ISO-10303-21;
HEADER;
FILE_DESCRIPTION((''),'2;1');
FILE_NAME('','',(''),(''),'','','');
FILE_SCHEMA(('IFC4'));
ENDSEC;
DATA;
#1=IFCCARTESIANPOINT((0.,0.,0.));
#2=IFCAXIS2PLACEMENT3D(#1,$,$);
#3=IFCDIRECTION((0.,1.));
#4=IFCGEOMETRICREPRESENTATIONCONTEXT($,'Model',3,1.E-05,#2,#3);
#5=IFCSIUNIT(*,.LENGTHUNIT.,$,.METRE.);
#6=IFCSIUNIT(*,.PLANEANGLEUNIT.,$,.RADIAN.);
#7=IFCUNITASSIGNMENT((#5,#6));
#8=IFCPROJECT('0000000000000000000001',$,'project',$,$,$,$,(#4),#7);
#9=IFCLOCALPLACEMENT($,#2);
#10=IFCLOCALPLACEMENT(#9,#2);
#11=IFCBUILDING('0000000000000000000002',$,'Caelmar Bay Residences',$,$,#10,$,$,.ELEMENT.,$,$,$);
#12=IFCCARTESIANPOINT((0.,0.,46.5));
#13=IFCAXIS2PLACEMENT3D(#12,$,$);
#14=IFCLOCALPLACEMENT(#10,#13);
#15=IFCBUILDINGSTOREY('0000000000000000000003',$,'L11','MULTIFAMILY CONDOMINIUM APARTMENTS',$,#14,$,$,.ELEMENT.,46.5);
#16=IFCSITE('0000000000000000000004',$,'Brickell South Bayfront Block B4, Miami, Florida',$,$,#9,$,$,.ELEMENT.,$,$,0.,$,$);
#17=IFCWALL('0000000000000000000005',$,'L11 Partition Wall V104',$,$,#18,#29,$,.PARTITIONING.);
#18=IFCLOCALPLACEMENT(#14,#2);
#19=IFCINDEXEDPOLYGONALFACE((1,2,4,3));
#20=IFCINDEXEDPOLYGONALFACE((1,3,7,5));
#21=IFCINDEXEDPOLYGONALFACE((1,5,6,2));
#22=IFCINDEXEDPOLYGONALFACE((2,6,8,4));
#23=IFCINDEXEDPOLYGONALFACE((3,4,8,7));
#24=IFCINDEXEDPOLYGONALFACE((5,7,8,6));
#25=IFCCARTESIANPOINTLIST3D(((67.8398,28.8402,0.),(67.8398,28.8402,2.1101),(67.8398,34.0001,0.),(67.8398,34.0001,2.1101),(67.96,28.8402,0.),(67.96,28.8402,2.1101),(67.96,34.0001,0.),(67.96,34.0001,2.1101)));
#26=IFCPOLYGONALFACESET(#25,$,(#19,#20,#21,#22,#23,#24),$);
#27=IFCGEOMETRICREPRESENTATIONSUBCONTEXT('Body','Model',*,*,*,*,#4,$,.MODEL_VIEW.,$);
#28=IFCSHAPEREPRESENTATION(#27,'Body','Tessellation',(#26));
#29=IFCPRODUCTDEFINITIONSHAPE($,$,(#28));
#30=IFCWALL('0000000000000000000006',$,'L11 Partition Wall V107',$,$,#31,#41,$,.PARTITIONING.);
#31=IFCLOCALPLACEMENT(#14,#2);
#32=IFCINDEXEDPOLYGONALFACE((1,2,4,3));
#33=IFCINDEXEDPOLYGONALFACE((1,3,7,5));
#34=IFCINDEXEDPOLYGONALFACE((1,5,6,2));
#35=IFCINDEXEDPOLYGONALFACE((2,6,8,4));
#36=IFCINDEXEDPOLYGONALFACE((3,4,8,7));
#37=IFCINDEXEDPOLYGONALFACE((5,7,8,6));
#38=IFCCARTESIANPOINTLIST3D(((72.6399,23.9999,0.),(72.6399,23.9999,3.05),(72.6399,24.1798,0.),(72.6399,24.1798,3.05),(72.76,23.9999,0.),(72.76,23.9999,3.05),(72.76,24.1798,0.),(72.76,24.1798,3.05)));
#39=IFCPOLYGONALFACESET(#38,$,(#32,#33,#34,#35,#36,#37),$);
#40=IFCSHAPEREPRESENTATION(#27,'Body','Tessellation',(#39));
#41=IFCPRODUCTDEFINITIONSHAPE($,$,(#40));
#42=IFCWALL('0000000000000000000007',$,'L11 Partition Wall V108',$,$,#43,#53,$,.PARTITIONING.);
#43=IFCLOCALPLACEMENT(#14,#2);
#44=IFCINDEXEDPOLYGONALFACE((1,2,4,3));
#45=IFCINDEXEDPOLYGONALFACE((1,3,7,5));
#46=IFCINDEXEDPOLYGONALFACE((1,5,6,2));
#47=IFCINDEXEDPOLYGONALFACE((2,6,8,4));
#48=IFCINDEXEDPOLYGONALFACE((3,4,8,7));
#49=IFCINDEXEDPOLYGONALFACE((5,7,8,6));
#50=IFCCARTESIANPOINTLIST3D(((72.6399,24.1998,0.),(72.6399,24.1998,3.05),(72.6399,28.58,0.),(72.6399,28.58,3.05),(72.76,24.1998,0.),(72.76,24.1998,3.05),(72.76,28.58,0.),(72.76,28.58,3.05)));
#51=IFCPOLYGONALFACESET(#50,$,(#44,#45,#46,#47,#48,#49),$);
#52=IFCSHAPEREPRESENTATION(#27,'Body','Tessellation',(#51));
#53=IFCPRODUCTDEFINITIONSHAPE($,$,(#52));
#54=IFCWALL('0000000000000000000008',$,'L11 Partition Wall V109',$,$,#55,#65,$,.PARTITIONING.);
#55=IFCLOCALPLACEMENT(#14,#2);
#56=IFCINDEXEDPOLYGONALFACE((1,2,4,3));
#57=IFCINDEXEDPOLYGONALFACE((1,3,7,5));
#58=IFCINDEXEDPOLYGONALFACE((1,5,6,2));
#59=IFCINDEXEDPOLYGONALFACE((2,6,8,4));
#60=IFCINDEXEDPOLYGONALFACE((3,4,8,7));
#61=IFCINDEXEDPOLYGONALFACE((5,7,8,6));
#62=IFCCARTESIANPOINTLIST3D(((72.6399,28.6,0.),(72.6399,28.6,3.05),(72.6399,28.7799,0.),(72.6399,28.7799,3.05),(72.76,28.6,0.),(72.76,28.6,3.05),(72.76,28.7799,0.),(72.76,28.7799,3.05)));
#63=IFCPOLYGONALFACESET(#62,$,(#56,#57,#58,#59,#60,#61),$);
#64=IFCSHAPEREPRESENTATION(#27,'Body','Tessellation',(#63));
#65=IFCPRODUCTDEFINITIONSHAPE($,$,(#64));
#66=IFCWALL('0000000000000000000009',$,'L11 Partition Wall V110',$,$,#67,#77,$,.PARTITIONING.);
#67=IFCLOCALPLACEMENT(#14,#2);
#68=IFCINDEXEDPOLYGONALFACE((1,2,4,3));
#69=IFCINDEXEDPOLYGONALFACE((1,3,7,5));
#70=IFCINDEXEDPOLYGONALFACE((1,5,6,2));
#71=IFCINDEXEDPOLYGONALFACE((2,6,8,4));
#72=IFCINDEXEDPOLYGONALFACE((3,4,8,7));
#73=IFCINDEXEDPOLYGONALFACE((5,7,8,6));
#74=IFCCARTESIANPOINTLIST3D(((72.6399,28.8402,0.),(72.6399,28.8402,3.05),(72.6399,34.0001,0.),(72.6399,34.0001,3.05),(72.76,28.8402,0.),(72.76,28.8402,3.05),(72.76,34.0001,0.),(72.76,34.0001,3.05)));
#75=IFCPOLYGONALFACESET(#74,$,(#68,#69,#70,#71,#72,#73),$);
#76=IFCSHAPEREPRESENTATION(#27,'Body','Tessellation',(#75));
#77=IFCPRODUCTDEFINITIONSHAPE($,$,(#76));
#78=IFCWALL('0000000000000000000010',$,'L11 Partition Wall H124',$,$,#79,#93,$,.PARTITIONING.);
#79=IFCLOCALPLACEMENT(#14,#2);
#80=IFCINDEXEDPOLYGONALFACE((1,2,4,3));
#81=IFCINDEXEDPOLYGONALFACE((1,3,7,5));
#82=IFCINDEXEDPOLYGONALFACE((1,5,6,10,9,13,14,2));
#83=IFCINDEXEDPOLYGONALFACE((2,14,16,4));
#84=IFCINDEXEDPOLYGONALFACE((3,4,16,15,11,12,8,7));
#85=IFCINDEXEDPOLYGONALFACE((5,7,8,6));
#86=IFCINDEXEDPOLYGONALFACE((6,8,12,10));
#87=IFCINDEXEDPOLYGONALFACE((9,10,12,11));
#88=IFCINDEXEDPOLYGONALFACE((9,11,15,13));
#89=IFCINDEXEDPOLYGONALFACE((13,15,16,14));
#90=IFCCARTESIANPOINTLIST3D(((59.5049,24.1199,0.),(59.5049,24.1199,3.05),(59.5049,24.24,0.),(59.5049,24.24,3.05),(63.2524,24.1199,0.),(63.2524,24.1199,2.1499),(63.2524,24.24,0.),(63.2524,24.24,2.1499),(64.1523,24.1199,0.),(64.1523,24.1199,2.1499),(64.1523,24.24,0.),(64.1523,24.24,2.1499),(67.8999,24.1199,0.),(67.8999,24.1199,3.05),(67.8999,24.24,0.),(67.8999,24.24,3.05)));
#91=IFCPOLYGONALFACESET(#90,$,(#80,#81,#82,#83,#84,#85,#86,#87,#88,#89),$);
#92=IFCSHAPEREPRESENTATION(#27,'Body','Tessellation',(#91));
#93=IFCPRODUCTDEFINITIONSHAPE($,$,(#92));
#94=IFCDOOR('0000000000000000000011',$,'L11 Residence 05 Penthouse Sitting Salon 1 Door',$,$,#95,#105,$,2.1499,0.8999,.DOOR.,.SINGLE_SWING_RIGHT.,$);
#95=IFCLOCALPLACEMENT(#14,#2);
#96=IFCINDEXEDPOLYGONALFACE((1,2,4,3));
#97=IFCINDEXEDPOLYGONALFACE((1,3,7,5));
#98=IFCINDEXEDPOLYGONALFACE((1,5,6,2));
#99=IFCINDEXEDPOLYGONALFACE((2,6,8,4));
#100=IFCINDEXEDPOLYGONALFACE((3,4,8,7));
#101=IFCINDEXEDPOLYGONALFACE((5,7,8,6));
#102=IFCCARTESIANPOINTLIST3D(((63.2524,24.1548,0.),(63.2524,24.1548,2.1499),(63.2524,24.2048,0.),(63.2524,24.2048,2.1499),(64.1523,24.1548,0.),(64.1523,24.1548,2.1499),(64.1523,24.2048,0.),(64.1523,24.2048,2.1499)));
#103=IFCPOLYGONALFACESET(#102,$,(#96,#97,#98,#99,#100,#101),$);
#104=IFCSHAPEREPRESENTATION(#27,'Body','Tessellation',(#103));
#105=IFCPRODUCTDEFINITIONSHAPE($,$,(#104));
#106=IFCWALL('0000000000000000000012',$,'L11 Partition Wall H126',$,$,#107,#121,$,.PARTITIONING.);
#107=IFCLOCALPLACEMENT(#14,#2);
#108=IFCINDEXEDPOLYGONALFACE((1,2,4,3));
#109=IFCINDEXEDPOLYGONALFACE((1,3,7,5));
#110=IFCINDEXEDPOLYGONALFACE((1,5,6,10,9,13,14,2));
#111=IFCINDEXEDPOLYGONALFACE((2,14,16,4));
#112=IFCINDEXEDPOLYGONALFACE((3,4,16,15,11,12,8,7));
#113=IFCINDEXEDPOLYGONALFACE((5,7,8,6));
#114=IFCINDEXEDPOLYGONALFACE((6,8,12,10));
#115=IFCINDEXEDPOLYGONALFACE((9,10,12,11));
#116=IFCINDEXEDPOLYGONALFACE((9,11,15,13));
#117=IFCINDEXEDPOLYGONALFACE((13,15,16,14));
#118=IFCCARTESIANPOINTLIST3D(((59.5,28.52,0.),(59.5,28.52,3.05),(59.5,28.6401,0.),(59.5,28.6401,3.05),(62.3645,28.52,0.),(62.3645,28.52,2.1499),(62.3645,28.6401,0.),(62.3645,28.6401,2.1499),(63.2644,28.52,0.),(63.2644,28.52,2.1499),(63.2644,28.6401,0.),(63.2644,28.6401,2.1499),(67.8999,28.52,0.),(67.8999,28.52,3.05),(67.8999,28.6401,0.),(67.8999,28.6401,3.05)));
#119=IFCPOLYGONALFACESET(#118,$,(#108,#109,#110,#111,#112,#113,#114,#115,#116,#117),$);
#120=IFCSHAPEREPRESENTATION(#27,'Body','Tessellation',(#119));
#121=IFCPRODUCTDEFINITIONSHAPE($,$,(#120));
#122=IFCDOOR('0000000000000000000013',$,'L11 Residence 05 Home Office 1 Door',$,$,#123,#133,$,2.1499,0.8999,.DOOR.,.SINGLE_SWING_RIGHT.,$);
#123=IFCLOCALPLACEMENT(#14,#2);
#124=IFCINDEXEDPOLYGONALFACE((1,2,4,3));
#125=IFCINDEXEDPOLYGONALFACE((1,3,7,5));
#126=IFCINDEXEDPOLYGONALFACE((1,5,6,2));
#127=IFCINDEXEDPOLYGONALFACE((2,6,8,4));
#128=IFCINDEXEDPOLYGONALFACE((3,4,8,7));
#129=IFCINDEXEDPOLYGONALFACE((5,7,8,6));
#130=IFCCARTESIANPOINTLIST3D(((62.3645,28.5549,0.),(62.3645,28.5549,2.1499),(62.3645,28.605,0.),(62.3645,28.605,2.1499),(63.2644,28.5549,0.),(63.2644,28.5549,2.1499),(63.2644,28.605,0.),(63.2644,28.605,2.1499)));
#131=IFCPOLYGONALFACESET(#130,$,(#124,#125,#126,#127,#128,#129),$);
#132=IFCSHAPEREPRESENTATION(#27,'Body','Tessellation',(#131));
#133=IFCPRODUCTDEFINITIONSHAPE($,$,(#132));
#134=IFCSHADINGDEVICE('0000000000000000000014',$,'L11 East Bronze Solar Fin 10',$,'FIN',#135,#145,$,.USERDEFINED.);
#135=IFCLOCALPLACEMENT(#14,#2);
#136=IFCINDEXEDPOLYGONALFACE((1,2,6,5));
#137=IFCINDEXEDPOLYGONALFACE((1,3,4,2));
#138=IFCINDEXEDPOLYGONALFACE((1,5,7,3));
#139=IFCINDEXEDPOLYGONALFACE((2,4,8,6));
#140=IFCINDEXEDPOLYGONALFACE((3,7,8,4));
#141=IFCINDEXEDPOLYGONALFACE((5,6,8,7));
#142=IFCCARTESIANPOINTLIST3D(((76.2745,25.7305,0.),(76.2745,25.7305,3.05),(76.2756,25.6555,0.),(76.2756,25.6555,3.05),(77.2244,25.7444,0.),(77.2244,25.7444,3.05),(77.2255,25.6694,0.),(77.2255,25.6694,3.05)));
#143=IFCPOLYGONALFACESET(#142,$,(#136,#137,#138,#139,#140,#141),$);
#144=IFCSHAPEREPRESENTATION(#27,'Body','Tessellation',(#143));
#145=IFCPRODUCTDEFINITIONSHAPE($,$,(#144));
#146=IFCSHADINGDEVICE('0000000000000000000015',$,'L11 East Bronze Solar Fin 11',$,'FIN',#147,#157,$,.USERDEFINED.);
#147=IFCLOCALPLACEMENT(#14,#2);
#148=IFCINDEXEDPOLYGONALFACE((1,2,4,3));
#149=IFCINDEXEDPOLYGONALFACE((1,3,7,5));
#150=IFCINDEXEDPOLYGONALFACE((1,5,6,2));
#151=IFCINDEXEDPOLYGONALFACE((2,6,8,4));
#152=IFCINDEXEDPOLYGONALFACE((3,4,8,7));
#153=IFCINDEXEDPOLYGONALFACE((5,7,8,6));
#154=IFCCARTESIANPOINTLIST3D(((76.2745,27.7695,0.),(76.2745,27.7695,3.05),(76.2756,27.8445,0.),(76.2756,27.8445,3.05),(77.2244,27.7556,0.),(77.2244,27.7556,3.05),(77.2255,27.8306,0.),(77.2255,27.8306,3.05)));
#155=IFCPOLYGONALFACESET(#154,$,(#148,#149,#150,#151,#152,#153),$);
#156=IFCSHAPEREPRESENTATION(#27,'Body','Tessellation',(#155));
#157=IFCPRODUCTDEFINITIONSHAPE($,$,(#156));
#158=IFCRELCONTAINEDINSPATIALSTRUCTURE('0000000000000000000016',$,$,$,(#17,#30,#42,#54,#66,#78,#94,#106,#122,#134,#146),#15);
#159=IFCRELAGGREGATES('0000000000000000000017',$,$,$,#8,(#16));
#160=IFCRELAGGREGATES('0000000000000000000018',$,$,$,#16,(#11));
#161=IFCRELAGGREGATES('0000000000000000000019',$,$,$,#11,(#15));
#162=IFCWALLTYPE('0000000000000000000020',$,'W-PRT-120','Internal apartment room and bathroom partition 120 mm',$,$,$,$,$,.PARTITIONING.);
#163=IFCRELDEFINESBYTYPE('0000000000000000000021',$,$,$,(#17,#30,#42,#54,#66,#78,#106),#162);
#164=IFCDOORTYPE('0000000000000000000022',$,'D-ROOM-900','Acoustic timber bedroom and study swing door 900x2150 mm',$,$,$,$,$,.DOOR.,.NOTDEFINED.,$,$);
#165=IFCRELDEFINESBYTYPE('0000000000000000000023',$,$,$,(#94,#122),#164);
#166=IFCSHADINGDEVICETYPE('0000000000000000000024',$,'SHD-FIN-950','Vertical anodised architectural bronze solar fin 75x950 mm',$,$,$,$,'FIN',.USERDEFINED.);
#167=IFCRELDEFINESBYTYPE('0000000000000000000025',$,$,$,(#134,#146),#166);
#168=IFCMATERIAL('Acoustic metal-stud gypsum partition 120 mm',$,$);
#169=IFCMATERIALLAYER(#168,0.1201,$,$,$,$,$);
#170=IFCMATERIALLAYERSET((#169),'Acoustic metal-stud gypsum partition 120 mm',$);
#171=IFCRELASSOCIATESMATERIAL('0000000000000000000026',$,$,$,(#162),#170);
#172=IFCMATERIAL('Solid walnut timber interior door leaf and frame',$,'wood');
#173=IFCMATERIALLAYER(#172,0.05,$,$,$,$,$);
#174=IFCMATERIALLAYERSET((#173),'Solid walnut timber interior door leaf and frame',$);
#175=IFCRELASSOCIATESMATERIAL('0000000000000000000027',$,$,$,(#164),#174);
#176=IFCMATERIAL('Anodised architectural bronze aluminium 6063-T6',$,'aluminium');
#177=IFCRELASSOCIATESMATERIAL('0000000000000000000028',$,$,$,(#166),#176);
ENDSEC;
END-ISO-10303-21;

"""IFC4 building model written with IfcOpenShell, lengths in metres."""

from ifc_helpers import new_model, si_unit, direction, frame, frame_2d, origin, origin_2d, place, context, subcontext, project, spatial, rectangle, extrude, material, layer, layer_set, material_profile, profile_set, type_object, element, fill, save


model = new_model("IFC4")

# Units and contexts
model_context = context("Model", 3, precision=1e-05, world=origin(), true_north=direction((0.0, 1.0)))
body_context = subcontext(model_context, "Body", "Model", "MODEL_VIEW")
ifc_project = project(units=[si_unit("LENGTHUNIT", "METRE"), si_unit("PLANEANGLEUNIT", "RADIAN")], contexts=[model_context])

# Site, building, storey
site_placement = place(None, origin())
site = spatial("IfcSite", under=ifc_project, at=site_placement, Name="Brickell South Bayfront Block B4, Miami, Florida", CompositionType="ELEMENT", RefElevation=0.0)
building_placement = place(site_placement, origin())
building = spatial("IfcBuilding", under=site, at=building_placement, Name="Caelmar Bay Residences", CompositionType="ELEMENT")
storey_placement = place(building_placement, frame((0.0, 0.0, 46.5)))
storey = spatial("IfcBuildingStorey", under=building, at=storey_placement, Name="L11", Description="MULTIFAMILY CONDOMINIUM APARTMENTS", CompositionType="ELEMENT", Elevation=46.5)

# Shared definitions
ifc_material_1 = material(Name="Acoustic metal-stud gypsum partition 120 mm")
ifc_layer_1 = layer(ifc_material_1, 0.1201)
ifc_layer_set_1 = layer_set([ifc_layer_1], Name="Acoustic metal-stud gypsum partition 120 mm")
wall_type = type_object("IfcWallType", Name="W-PRT-120", Description="Internal apartment room and bathroom partition 120 mm", PredefinedType="PARTITIONING", material=ifc_layer_set_1)

# Shared definitions
ifc_material_2 = material(Name="Solid walnut timber interior door leaf and frame", Category="wood")
ifc_layer_2 = layer(ifc_material_2, 0.05)
ifc_layer_set_2 = layer_set([ifc_layer_2], Name="Solid walnut timber interior door leaf and frame")
door_type_1 = type_object("IfcDoorType", Name="D-ROOM-900", Description="Acoustic timber bedroom and study swing door 900x2150 mm", OperationType="NOTDEFINED", PredefinedType="DOOR", material=ifc_layer_set_2)

# Walls
wall_1_placement = place(storey_placement, frame((67.8999, 28.8401, 0.0), z_axis=(0.0, 0.0, 1.0), x_axis=(0.0, 1.0, 0.0)))
element("IfcWall", 1, at=wall_1_placement, inside=storey, type_object=wall_type, Name="L11 Partition Wall V104", PredefinedType="PARTITIONING", context=body_context, shape_type="SweptSolid", body=[
    extrude(rectangle(XDim=5.1599, YDim=0.1201, at=frame_2d((2.5801, 0.0))), origin(), (0.0, 0.0, 1.0), 2.1101),
])
wall_2_placement = place(storey_placement, frame((72.7, 24.0, 0.0), z_axis=(0.0, 0.0, 1.0), x_axis=(0.0, 1.0, 0.0)))
element("IfcWall", 2, at=wall_2_placement, inside=storey, type_object=wall_type, Name="L11 Partition Wall V107", PredefinedType="PARTITIONING", context=body_context, shape_type="SweptSolid", body=[
    extrude(rectangle(XDim=0.1799, YDim=0.1201, at=frame_2d((0.0898, 0.0))), origin(), (0.0, 0.0, 1.0), 3.05),
])
wall_3_placement = place(storey_placement, frame((72.7, 24.2, 0.0), z_axis=(0.0, 0.0, 1.0), x_axis=(0.0, 1.0, 0.0)))
element("IfcWall", 3, at=wall_3_placement, inside=storey, type_object=wall_type, Name="L11 Partition Wall V108", PredefinedType="PARTITIONING", context=body_context, shape_type="SweptSolid", body=[
    extrude(rectangle(XDim=4.3801, YDim=0.1201, at=frame_2d((2.1899, 0.0))), origin(), (0.0, 0.0, 1.0), 3.05),
])
wall_4_placement = place(storey_placement, frame((72.7, 28.6001, 0.0), z_axis=(0.0, 0.0, 1.0), x_axis=(0.0, 1.0, 0.0)))
element("IfcWall", 4, at=wall_4_placement, inside=storey, type_object=wall_type, Name="L11 Partition Wall V109", PredefinedType="PARTITIONING", context=body_context, shape_type="SweptSolid", body=[
    extrude(rectangle(XDim=0.1799, YDim=0.1201, at=frame_2d((0.0898, 0.0))), origin(), (0.0, 0.0, 1.0), 3.05),
])
wall_5_placement = place(storey_placement, frame((72.7, 28.8401, 0.0), z_axis=(0.0, 0.0, 1.0), x_axis=(0.0, 1.0, 0.0)))
element("IfcWall", 5, at=wall_5_placement, inside=storey, type_object=wall_type, Name="L11 Partition Wall V110", PredefinedType="PARTITIONING", context=body_context, shape_type="SweptSolid", body=[
    extrude(rectangle(XDim=5.1599, YDim=0.1201, at=frame_2d((2.5801, 0.0))), origin(), (0.0, 0.0, 1.0), 3.05),
])

# Walls, openings, doors
wall_6_placement = place(storey_placement, frame((59.5049, 24.1799, 0.0), z_axis=(0.0, 0.0, 1.0), x_axis=(1.0, 0.0, 0.0)))
wall_6 = element("IfcWall", 6, at=wall_6_placement, inside=storey, type_object=wall_type, Name="L11 Partition Wall H124", PredefinedType="PARTITIONING", context=body_context, shape_type="SweptSolid", body=[
    extrude(rectangle(XDim=8.395, YDim=0.1201, at=frame_2d((4.1975, 0.0))), origin(), (0.0, 0.0, 1.0), 3.05),
])
opening_1_placement = place(wall_6_placement, frame((3.7476, 0.0, 0.0)))
opening_1 = element("IfcOpeningElement", 7, at=opening_1_placement, cuts=wall_6, PredefinedType="OPENING", context=body_context, shape_type="SweptSolid", body=[
    extrude(rectangle(XDim=0.8999, YDim=2.1499, at=frame_2d((0.45, 1.075))), frame((0.0, 0.0701, 0.0), z_axis=(0.0, -1.0, 0.0), x_axis=(1.0, 0.0, 0.0)), (0.0, 0.0, 1.0), 0.1401),
])
door_1_placement = place(opening_1_placement, origin())
door_1 = element("IfcDoor", 8, at=door_1_placement, inside=storey, type_object=door_type_1, Name="L11 Residence 05 Penthouse Sitting Salon 1 Door", OperationType="SINGLE_SWING_RIGHT", OverallHeight=2.1499, OverallWidth=0.8999, PredefinedType="DOOR", context=body_context, shape_type="SweptSolid", body=[
    extrude(rectangle(XDim=0.8999, YDim=2.1499, at=frame_2d((0.45, 1.075))), frame((0.0, 0.0249, 0.0), z_axis=(0.0, -1.0, 0.0), x_axis=(1.0, 0.0, 0.0)), (0.0, 0.0, 1.0), 0.05),
])
fill(opening_1, door_1)
wall_7_placement = place(storey_placement, frame((59.5, 28.5801, 0.0), z_axis=(0.0, 0.0, 1.0), x_axis=(1.0, 0.0, 0.0)))
wall_7 = element("IfcWall", 9, at=wall_7_placement, inside=storey, type_object=wall_type, Name="L11 Partition Wall H126", PredefinedType="PARTITIONING", context=body_context, shape_type="SweptSolid", body=[
    extrude(rectangle(XDim=8.3999, YDim=0.1201, at=frame_2d((4.2, 0.0))), origin(), (0.0, 0.0, 1.0), 3.05),
])
opening_2_placement = place(wall_7_placement, frame((2.8645, 0.0, 0.0)))
opening_2 = element("IfcOpeningElement", 10, at=opening_2_placement, cuts=wall_7, PredefinedType="OPENING", context=body_context, shape_type="SweptSolid", body=[
    extrude(rectangle(XDim=0.8999, YDim=2.1499, at=frame_2d((0.45, 1.075))), frame((0.0, 0.0701, 0.0), z_axis=(0.0, -1.0, 0.0), x_axis=(1.0, 0.0, 0.0)), (0.0, 0.0, 1.0), 0.1401),
])
door_2_placement = place(opening_2_placement, origin())
door_2 = element("IfcDoor", 11, at=door_2_placement, inside=storey, type_object=door_type_1, Name="L11 Residence 05 Home Office 1 Door", OperationType="SINGLE_SWING_RIGHT", OverallHeight=2.1499, OverallWidth=0.8999, PredefinedType="DOOR", context=body_context, shape_type="SweptSolid", body=[
    extrude(rectangle(XDim=0.8999, YDim=2.1499, at=frame_2d((0.45, 1.075))), frame((0.0, 0.0249, 0.0), z_axis=(0.0, -1.0, 0.0), x_axis=(1.0, 0.0, 0.0)), (0.0, 0.0, 1.0), 0.05),
])
fill(opening_2, door_2)

# Shading devices
ifc_material_3 = material(Name="Anodised architectural bronze aluminium 6063-T6", Category="aluminium")
ifc_material_profile_1 = material_profile(ifc_material_3, rectangle(XDim=0.075, YDim=0.95, at=origin_2d()), Name="BRONZE-FIN-75X950")
ifc_profile_set_1 = profile_set([ifc_material_profile_1], Name="Anodised architectural bronze aluminium 6063-T6")
shading_device_type = type_object("IfcShadingDeviceType", Name="SHD-FIN-950", Description="Vertical anodised architectural bronze solar fin 75x950 mm", ElementType="FIN", PredefinedType="USERDEFINED", material=ifc_profile_set_1)
for number, where, z_axis, x_axis, name in (
    (12, (76.75, 25.7, 0.0), (0.0, 0.0, 1.0), (-0.01466, 0.999893, 0.0), "L11 East Bronze Solar Fin 10"),
    (13, (76.75, 27.8, 0.0), (0.0, 0.0, 1.0), (0.01466, 0.999893, 0.0), "L11 East Bronze Solar Fin 11"),
):
    element("IfcShadingDevice", number, at=place(storey_placement, frame(where, z_axis=z_axis, x_axis=x_axis)), inside=storey, type_object=shading_device_type, Name=name, ObjectType="FIN", PredefinedType="USERDEFINED", context=body_context, shape_type="SweptSolid", body=[
        extrude(rectangle(XDim=0.075, YDim=0.95, at=origin_2d()), origin(), (0.0, 0.0, 1.0), 3.05),
    ])

save(model, "model.ifc")
